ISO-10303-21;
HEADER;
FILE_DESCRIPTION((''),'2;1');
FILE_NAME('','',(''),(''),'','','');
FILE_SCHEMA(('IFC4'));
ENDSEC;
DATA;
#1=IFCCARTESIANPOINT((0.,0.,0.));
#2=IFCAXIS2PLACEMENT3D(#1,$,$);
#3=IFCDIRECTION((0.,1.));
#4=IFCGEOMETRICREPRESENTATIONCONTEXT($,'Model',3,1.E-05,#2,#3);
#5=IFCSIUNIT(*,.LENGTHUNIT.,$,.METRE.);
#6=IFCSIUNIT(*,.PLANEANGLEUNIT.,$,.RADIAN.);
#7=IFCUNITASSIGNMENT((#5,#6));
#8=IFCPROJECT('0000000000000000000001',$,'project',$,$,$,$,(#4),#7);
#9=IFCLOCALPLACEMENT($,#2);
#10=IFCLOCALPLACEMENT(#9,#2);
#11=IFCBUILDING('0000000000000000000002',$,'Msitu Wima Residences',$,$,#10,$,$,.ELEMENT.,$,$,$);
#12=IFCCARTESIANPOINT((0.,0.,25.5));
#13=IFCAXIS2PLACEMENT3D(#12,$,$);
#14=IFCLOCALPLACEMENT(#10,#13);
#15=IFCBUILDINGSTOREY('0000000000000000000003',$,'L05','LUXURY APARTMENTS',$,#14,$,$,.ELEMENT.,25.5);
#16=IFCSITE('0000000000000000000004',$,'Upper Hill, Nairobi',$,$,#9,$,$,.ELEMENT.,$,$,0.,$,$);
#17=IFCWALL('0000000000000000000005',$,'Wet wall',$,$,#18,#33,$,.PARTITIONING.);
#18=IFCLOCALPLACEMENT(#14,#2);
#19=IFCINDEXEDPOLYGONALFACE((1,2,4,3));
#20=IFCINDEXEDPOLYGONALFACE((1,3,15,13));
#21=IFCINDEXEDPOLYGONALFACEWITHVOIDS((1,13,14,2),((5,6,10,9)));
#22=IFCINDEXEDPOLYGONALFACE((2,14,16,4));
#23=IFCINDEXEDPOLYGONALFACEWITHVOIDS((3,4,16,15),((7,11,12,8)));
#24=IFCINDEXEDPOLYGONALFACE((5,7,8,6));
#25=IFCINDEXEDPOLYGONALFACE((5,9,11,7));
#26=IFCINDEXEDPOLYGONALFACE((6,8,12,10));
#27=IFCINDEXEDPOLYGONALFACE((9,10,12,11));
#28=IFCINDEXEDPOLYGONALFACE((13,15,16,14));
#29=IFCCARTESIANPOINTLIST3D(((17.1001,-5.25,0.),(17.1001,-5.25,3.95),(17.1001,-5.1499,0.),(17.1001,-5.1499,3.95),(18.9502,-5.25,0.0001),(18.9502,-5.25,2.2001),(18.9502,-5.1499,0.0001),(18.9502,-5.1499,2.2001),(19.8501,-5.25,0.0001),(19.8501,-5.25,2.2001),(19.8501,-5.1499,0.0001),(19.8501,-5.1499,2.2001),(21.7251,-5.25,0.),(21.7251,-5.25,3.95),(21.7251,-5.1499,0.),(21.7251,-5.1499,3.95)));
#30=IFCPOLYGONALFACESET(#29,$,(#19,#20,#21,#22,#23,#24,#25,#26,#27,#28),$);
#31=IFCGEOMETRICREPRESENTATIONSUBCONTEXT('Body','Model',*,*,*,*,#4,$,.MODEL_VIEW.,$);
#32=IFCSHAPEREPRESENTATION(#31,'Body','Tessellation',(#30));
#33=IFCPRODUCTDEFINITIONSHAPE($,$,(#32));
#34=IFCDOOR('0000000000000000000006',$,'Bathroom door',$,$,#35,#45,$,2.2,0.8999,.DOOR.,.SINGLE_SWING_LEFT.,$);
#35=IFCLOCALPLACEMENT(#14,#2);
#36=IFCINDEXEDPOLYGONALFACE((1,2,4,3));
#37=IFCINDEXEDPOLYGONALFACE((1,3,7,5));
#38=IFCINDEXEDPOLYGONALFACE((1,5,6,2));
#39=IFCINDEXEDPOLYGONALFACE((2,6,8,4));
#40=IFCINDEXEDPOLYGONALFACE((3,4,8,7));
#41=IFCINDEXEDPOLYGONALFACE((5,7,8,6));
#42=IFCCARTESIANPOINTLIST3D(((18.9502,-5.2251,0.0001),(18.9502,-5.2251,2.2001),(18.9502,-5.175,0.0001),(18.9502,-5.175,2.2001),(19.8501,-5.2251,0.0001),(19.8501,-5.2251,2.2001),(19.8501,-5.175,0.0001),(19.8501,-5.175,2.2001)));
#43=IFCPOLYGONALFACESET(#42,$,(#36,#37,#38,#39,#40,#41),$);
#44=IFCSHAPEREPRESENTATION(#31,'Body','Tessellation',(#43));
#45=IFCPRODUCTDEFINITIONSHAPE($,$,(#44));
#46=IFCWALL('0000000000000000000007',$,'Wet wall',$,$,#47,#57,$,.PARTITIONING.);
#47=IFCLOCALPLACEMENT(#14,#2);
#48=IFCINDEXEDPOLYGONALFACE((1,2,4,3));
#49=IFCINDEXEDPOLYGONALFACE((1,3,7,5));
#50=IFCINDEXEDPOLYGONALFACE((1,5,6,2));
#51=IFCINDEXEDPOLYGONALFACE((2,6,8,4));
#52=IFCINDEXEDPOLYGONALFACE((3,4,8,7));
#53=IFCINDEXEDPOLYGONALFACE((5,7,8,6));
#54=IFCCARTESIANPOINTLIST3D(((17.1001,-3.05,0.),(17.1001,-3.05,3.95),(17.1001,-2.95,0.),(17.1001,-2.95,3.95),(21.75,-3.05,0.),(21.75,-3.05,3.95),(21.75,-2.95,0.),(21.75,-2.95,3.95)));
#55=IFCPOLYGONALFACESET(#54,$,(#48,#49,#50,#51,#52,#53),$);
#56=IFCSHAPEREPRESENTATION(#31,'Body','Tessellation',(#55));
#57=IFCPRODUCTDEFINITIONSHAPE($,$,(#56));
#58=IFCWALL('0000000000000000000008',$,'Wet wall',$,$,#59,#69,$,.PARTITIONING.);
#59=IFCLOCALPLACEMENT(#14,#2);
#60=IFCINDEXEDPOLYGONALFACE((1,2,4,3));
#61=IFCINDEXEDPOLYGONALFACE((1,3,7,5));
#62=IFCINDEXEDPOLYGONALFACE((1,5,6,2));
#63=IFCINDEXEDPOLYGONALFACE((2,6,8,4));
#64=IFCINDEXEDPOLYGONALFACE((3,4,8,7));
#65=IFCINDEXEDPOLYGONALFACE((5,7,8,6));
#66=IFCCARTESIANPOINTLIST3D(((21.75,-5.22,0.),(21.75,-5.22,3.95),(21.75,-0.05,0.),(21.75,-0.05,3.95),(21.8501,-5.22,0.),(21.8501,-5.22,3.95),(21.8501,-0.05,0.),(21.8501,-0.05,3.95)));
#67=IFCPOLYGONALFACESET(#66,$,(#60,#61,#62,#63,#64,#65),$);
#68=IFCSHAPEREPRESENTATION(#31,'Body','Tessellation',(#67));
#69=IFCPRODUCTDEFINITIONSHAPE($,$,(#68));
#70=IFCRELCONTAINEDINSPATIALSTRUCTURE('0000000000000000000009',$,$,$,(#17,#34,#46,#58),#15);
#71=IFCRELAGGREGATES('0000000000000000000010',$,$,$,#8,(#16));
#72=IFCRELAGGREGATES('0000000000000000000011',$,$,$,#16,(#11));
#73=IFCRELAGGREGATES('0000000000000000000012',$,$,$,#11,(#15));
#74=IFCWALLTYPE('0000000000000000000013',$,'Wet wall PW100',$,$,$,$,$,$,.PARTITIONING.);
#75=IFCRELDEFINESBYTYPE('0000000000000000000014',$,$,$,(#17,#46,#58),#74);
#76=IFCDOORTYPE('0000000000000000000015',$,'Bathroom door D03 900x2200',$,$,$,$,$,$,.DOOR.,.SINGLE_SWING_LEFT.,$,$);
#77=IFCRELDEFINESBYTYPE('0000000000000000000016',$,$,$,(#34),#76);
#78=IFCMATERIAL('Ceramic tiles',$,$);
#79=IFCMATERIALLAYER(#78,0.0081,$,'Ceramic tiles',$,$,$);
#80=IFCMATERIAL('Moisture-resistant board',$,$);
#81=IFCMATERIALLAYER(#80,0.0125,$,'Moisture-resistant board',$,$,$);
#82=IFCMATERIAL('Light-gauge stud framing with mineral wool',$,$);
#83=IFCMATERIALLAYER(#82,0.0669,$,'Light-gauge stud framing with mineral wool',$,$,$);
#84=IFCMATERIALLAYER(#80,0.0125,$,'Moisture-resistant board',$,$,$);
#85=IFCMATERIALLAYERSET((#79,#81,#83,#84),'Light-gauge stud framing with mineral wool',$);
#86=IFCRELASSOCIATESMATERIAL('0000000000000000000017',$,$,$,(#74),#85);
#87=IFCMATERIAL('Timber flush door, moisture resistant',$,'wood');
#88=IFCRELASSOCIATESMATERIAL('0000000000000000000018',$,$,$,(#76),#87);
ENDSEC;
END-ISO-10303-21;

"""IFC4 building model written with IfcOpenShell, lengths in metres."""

from ifc_helpers import new_model, si_unit, direction, frame, frame_2d, origin, place, context, subcontext, project, spatial, rectangle, extrude, material, layer, layer_set, type_object, element, fill, save


model = new_model("IFC4")

# Units and contexts
model_context = context("Model", 3, precision=1e-05, world=origin(), true_north=direction((0.0, 1.0)))
body_context = subcontext(model_context, "Body", "Model", "MODEL_VIEW")
ifc_project = project(units=[si_unit("LENGTHUNIT", "METRE"), si_unit("PLANEANGLEUNIT", "RADIAN")], contexts=[model_context])

# Site, building, storey
site_placement = place(None, origin())
site = spatial("IfcSite", under=ifc_project, at=site_placement, Name="Upper Hill, Nairobi", CompositionType="ELEMENT", RefElevation=0.0)
building_placement = place(site_placement, origin())
building = spatial("IfcBuilding", under=site, at=building_placement, Name="Msitu Wima Residences", CompositionType="ELEMENT")
storey_placement = place(building_placement, frame((0.0, 0.0, 25.5)))
storey = spatial("IfcBuildingStorey", under=building, at=storey_placement, Name="L05", Description="LUXURY APARTMENTS", CompositionType="ELEMENT", Elevation=25.5)

# Wall, opening, door
ifc_material_1 = material(Name="Ceramic tiles")
ifc_layer_1 = layer(ifc_material_1, 0.0081, Name="Ceramic tiles")
ifc_material_2 = material(Name="Moisture-resistant board")
ifc_layer_2 = layer(ifc_material_2, 0.0125, Name="Moisture-resistant board")
ifc_material_3 = material(Name="Light-gauge stud framing with mineral wool")
ifc_layer_3 = layer(ifc_material_3, 0.0669, Name="Light-gauge stud framing with mineral wool")
ifc_layer_4 = layer(ifc_material_2, 0.0125, Name="Moisture-resistant board")
ifc_layer_set_1 = layer_set([ifc_layer_1, ifc_layer_2, ifc_layer_3, ifc_layer_4], Name="Light-gauge stud framing with mineral wool")
wall_type_1 = type_object("IfcWallType", Name="Wet wall PW100", PredefinedType="PARTITIONING", material=ifc_layer_set_1)
wall_1_placement = place(storey_placement, frame((17.1001, -5.2, 0.0), z_axis=(0.0, 0.0, 1.0), x_axis=(1.0, 0.0, 0.0)))
wall_1 = element("IfcWall", 1, at=wall_1_placement, inside=storey, type_object=wall_type_1, Name="Wet wall", PredefinedType="PARTITIONING", context=body_context, shape_type="SweptSolid", body=[
    extrude(rectangle(XDim=4.625, YDim=0.1001, at=frame_2d((2.3125, 0.0))), origin(), (0.0, 0.0, 1.0), 3.95),
])
opening_1_placement = place(wall_1_placement, frame((1.8501, 0.0, 0.0)))
opening_1 = element("IfcOpeningElement", 2, at=opening_1_placement, cuts=wall_1, PredefinedType="OPENING", context=body_context, shape_type="SweptSolid", body=[
    extrude(rectangle(XDim=0.8999, YDim=2.2, at=frame_2d((0.45, 1.1001))), frame((0.0, 0.0601, 0.0), z_axis=(0.0, -1.0, 0.0), x_axis=(1.0, 0.0, 0.0)), (0.0, 0.0, 1.0), 0.1201),
])
ifc_material_4 = material(Name="Timber flush door, moisture resistant", Category="wood")
door_type_1 = type_object("IfcDoorType", Name="Bathroom door D03 900x2200", OperationType="SINGLE_SWING_LEFT", PredefinedType="DOOR", material=ifc_material_4)
door_1_placement = place(opening_1_placement, origin())
door_1 = element("IfcDoor", 3, at=door_1_placement, inside=storey, type_object=door_type_1, Name="Bathroom door", OperationType="SINGLE_SWING_LEFT", OverallHeight=2.2, OverallWidth=0.8999, PredefinedType="DOOR", context=body_context, shape_type="SweptSolid", body=[
    extrude(rectangle(XDim=0.8999, YDim=2.2, at=frame_2d((0.45, 1.1001))), frame((0.0, 0.0249, 0.0), z_axis=(0.0, -1.0, 0.0), x_axis=(1.0, 0.0, 0.0)), (0.0, 0.0, 1.0), 0.05),
])
fill(opening_1, door_1)

# Walls
wall_2_placement = place(storey_placement, frame((17.1001, -3.0, 0.0), z_axis=(0.0, 0.0, 1.0), x_axis=(1.0, 0.0, 0.0)))
element("IfcWall", 4, at=wall_2_placement, inside=storey, type_object=wall_type_1, Name="Wet wall", PredefinedType="PARTITIONING", context=body_context, shape_type="SweptSolid", body=[
    extrude(rectangle(XDim=4.6499, YDim=0.1001, at=frame_2d((2.325, 0.0))), origin(), (0.0, 0.0, 1.0), 3.95),
])
wall_3_placement = place(storey_placement, frame((21.8, -5.22, 0.0), z_axis=(0.0, 0.0, 1.0), x_axis=(0.0, 1.0, 0.0)))
element("IfcWall", 5, at=wall_3_placement, inside=storey, type_object=wall_type_1, Name="Wet wall", PredefinedType="PARTITIONING", context=body_context, shape_type="SweptSolid", body=[
    extrude(rectangle(XDim=5.1699, YDim=0.1001, at=frame_2d((2.585, 0.0))), origin(), (0.0, 0.0, 1.0), 3.95),
])

save(model, "model.ifc")
